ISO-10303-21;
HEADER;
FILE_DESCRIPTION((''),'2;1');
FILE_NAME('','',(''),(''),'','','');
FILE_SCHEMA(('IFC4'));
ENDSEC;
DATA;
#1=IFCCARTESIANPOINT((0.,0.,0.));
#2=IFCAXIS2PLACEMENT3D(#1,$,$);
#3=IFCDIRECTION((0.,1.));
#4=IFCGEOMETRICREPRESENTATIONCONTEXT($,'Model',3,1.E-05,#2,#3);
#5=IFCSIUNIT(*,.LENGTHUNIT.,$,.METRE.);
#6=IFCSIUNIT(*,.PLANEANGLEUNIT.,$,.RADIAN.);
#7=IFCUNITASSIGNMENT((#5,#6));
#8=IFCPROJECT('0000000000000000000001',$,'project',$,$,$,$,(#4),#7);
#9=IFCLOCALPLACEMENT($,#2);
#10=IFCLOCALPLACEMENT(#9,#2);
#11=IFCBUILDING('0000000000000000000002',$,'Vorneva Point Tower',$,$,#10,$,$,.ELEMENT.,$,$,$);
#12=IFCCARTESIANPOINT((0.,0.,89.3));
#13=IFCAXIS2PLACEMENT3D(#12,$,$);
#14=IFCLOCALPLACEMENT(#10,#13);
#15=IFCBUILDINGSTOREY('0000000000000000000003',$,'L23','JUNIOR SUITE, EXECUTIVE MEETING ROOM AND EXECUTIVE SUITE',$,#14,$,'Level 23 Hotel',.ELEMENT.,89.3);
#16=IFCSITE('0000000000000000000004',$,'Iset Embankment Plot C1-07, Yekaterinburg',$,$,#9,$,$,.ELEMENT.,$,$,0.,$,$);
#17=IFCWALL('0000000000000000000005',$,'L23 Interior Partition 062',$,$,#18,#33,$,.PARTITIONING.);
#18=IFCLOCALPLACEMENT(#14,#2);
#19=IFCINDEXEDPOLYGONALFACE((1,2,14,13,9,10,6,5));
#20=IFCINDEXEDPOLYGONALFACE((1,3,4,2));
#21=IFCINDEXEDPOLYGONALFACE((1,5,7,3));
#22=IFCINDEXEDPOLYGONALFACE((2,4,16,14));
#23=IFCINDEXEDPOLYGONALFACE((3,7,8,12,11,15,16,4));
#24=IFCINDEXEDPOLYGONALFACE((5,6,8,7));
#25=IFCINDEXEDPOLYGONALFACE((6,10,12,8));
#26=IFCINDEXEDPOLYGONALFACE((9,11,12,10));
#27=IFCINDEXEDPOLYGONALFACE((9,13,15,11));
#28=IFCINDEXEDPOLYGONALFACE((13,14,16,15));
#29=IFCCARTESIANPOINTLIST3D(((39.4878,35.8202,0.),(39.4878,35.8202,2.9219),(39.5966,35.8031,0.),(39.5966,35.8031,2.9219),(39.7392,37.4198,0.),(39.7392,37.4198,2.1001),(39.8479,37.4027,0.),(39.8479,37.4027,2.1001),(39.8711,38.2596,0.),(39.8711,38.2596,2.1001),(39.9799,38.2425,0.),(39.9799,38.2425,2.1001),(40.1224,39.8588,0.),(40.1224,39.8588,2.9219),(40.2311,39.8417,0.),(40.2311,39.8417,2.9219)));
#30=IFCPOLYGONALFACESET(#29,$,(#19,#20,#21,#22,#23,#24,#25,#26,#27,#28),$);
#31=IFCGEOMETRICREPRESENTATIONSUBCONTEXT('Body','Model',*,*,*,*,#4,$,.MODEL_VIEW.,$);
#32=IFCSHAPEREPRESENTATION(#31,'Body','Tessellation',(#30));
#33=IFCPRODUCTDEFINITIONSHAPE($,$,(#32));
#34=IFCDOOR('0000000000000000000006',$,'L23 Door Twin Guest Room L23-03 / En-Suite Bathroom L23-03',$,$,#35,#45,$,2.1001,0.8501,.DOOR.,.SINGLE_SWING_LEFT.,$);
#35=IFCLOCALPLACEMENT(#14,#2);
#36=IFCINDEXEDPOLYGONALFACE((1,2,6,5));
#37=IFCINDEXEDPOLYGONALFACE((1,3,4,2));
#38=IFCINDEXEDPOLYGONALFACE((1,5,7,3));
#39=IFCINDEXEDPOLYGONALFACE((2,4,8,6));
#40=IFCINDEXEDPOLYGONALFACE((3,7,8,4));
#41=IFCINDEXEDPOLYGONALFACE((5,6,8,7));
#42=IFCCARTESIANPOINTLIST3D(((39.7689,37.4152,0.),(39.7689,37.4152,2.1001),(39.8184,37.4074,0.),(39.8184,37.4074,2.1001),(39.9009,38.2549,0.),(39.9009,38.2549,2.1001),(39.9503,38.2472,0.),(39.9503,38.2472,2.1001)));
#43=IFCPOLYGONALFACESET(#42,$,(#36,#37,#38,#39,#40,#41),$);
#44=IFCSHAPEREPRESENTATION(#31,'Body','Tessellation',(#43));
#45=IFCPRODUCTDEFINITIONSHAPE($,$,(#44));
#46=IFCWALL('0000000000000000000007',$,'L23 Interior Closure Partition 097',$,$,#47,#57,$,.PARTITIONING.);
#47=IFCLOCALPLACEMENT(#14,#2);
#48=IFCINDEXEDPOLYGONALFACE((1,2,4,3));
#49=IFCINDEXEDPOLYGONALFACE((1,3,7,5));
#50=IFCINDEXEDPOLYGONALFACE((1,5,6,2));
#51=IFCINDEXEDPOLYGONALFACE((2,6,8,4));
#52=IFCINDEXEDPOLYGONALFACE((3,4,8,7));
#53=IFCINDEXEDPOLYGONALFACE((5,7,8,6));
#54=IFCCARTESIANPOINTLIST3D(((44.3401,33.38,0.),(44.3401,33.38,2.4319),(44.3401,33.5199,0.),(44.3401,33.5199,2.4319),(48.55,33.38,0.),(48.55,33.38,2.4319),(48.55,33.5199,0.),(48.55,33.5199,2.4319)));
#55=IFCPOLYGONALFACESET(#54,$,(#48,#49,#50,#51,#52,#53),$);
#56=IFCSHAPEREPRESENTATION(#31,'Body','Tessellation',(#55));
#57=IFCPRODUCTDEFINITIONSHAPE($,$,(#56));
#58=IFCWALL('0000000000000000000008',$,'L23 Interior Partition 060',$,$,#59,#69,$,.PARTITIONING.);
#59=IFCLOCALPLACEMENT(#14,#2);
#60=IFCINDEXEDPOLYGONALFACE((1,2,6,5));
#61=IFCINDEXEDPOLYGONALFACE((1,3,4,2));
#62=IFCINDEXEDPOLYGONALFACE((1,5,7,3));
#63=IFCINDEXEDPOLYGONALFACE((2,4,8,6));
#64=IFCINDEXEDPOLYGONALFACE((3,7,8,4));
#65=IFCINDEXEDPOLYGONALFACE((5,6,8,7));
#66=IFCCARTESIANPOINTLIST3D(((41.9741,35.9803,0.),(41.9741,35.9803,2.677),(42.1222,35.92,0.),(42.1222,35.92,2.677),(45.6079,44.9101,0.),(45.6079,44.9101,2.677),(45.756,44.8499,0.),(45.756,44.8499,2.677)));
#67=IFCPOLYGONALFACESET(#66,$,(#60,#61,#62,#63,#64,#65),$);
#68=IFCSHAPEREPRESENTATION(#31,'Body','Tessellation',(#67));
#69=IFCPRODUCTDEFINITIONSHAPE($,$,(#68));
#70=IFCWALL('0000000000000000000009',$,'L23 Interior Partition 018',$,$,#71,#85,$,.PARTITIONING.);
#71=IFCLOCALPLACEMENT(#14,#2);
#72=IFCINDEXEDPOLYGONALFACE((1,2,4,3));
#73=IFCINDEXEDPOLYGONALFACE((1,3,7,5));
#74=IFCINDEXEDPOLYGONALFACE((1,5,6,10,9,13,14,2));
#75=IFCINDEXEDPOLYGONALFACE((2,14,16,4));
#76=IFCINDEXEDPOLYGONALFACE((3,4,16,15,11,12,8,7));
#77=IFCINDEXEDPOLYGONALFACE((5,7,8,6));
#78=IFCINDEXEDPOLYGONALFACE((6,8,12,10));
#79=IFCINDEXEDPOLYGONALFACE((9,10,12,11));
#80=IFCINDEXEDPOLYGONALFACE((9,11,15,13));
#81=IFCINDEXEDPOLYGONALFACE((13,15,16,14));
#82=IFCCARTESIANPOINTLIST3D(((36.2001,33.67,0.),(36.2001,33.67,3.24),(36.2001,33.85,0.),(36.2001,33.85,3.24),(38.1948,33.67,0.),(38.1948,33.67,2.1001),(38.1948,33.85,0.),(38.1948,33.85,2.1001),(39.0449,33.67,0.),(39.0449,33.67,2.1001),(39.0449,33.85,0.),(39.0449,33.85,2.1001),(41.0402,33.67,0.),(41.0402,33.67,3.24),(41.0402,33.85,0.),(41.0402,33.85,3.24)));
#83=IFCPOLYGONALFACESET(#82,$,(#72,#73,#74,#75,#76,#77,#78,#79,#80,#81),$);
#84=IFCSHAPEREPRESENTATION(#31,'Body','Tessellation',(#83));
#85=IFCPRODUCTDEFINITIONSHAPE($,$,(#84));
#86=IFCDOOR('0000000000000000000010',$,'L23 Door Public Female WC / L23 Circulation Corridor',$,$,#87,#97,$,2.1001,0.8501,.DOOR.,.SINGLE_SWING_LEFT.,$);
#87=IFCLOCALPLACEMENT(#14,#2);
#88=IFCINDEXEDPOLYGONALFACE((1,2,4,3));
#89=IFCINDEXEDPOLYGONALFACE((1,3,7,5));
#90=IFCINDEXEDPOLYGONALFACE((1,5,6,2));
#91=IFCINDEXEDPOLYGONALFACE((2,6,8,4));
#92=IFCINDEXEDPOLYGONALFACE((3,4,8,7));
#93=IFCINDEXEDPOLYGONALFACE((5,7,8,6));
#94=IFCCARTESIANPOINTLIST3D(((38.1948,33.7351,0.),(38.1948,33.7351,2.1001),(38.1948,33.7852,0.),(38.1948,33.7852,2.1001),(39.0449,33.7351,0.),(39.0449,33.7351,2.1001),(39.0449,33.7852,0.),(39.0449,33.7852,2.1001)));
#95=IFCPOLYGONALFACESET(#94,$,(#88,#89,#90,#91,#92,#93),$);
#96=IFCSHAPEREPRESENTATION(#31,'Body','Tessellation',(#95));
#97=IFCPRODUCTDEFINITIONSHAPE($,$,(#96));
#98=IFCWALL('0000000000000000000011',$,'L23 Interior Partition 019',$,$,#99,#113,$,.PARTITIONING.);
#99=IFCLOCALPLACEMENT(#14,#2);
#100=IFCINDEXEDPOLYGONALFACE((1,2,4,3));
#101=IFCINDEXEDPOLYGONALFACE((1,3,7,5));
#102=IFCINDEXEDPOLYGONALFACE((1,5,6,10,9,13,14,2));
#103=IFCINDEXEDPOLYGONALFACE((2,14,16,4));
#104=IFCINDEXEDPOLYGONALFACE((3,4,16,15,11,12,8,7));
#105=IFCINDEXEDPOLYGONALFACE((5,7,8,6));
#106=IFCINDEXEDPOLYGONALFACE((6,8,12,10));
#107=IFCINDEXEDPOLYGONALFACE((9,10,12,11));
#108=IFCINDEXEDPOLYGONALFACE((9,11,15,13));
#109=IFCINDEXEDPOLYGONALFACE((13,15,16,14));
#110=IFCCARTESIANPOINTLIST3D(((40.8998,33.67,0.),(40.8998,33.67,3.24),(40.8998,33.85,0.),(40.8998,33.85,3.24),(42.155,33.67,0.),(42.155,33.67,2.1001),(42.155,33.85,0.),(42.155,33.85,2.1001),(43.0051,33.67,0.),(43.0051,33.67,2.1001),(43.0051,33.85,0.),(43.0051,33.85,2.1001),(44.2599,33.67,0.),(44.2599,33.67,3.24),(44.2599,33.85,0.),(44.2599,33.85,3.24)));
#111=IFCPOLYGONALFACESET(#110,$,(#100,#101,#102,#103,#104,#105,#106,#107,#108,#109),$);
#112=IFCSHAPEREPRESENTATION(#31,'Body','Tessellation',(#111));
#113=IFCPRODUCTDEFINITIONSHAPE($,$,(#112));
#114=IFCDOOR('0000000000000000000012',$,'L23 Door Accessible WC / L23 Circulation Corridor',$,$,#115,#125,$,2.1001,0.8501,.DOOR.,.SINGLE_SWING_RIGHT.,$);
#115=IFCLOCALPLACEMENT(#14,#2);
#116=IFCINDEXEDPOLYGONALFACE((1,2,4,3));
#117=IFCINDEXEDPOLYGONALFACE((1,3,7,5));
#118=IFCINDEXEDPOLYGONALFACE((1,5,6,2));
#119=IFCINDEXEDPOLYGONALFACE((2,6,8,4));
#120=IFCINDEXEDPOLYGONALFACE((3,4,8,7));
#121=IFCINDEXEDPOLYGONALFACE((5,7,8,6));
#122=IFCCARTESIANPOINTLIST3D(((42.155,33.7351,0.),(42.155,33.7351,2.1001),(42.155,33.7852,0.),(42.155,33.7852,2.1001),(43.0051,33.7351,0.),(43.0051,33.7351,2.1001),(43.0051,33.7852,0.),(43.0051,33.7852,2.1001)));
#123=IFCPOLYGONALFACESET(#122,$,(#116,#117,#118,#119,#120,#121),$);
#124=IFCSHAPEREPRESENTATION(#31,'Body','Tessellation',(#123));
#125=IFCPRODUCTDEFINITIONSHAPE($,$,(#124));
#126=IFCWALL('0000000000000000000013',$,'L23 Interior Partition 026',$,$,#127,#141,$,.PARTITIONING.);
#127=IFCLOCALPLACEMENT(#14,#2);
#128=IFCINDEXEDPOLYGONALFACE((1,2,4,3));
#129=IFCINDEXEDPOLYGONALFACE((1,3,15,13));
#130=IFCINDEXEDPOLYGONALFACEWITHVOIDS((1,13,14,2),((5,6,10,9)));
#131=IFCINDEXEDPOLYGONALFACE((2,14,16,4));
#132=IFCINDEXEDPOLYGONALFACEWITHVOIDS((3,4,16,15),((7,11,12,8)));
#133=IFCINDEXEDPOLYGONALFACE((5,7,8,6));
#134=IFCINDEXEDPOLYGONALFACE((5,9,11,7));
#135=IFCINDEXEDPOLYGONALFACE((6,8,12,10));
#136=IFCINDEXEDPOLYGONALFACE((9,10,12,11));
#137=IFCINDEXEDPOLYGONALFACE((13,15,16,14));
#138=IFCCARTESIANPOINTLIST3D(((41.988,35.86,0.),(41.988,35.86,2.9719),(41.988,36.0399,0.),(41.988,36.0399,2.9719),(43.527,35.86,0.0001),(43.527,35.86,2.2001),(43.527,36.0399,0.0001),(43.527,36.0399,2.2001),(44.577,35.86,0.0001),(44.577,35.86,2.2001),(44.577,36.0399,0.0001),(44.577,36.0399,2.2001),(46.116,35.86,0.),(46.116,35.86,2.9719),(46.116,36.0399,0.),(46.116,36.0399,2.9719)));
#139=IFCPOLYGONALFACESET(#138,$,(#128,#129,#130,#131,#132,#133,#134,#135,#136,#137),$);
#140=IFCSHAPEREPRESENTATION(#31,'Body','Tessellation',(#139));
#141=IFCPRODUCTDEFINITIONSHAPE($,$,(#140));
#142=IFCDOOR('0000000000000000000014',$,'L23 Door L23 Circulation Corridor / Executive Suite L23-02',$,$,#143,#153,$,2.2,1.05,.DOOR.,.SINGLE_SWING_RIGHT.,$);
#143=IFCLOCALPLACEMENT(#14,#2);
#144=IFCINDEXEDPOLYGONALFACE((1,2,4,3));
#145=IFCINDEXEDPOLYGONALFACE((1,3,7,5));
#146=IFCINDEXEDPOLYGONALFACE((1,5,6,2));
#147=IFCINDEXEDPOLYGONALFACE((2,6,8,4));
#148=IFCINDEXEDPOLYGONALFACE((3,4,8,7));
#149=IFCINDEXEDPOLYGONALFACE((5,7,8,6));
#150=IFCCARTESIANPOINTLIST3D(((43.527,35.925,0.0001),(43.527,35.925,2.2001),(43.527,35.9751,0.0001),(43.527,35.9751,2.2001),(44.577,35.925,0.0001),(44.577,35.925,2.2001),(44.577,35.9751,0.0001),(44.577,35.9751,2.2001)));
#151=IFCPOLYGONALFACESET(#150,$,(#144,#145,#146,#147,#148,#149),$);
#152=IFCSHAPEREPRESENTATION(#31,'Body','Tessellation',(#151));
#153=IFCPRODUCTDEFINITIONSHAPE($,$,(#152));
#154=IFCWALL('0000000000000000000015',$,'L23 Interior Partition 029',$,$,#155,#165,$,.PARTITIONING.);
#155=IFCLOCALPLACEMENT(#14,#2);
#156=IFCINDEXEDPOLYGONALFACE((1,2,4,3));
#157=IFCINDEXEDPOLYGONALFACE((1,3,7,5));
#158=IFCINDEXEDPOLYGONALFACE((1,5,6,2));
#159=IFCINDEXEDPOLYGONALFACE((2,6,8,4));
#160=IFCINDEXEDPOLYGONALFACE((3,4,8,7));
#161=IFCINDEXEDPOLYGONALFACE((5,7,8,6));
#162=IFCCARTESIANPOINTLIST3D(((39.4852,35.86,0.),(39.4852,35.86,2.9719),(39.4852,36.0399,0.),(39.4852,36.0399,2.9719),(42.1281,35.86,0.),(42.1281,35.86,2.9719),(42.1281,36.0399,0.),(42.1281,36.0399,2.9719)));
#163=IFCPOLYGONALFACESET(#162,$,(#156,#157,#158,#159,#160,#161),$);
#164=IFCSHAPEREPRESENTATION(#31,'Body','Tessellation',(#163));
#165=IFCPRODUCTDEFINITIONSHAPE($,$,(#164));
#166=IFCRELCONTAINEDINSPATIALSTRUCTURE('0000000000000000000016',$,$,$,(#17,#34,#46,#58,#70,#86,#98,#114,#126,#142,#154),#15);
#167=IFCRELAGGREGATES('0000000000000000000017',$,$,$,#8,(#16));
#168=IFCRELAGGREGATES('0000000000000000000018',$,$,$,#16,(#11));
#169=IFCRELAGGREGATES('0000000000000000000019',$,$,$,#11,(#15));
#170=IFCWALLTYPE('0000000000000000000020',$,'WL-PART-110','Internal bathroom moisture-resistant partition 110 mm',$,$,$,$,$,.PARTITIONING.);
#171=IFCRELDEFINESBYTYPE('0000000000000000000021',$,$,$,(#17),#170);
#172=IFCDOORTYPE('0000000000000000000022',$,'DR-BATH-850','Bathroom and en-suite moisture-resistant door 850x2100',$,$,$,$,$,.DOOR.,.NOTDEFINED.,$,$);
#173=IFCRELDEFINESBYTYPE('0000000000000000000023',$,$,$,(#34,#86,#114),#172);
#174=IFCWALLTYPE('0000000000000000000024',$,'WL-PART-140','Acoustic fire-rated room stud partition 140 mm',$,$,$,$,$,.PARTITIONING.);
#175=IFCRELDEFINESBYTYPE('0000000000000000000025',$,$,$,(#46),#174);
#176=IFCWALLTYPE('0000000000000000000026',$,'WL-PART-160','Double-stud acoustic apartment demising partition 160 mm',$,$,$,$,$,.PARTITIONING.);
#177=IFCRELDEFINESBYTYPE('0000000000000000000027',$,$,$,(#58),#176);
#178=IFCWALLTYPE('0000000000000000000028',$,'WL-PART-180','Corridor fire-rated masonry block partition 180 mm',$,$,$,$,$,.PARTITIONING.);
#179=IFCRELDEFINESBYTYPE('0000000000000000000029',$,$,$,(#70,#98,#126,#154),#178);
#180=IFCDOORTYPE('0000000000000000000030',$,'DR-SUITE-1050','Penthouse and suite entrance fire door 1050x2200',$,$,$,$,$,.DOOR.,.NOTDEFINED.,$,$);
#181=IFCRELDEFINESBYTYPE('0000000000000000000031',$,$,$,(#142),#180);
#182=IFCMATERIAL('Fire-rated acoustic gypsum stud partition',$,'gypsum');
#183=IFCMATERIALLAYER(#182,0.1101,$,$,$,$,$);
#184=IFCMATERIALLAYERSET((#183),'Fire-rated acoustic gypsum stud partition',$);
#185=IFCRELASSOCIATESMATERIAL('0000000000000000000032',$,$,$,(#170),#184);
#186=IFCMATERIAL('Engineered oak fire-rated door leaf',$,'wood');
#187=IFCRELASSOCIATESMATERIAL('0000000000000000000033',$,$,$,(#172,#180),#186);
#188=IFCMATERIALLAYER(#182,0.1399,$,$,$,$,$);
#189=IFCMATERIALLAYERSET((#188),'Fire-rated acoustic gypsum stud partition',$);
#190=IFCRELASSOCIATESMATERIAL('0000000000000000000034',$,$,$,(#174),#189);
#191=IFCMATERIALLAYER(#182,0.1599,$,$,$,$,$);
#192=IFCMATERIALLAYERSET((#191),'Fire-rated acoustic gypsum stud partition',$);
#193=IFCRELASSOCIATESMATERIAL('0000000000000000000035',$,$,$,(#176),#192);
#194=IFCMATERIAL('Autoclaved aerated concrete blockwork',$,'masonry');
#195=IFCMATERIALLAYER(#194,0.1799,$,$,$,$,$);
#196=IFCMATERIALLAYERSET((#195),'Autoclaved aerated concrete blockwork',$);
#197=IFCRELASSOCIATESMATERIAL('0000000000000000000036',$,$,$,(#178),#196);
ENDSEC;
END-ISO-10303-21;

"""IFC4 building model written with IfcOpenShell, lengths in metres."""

from ifc_helpers import new_model, si_unit, direction, frame, frame_2d, origin, place, context, subcontext, project, spatial, rectangle, extrude, material, layer, layer_set, type_object, element, fill, save


model = new_model("IFC4")

# Units and contexts
model_context = context("Model", 3, precision=1e-05, world=origin(), true_north=direction((0.0, 1.0)))
body_context = subcontext(model_context, "Body", "Model", "MODEL_VIEW")
ifc_project = project(units=[si_unit("LENGTHUNIT", "METRE"), si_unit("PLANEANGLEUNIT", "RADIAN")], contexts=[model_context])

# Site, building, storey
site_placement = place(None, origin())
site = spatial("IfcSite", under=ifc_project, at=site_placement, Name="Iset Embankment Plot C1-07, Yekaterinburg", CompositionType="ELEMENT", RefElevation=0.0)
building_placement = place(site_placement, origin())
building = spatial("IfcBuilding", under=site, at=building_placement, Name="Vorneva Point Tower", CompositionType="ELEMENT")
storey_placement = place(building_placement, frame((0.0, 0.0, 89.3)))
storey = spatial("IfcBuildingStorey", under=building, at=storey_placement, Name="L23", Description="JUNIOR SUITE, EXECUTIVE MEETING ROOM AND EXECUTIVE SUITE", LongName="Level 23 Hotel", CompositionType="ELEMENT", Elevation=89.3)

# Shared definitions
ifc_material_1 = material(Name="Fire-rated acoustic gypsum stud partition", Category="gypsum")
ifc_layer_1 = layer(ifc_material_1, 0.1101)
ifc_layer_set_1 = layer_set([ifc_layer_1], Name="Fire-rated acoustic gypsum stud partition")
wall_type_1 = type_object("IfcWallType", Name="WL-PART-110", Description="Internal bathroom moisture-resistant partition 110 mm", PredefinedType="PARTITIONING", material=ifc_layer_set_1)

# Wall, opening, door
wall_1_placement = place(storey_placement, frame((39.5422, 35.8118, 0.0), z_axis=(0.0, 0.0, 1.0), x_axis=(0.155211, 0.987881, 0.0)))
wall_1 = element("IfcWall", 1, at=wall_1_placement, inside=storey, type_object=wall_type_1, Name="L23 Interior Partition 062", PredefinedType="PARTITIONING", context=body_context, shape_type="SweptSolid", body=[
    extrude(rectangle(XDim=4.0881, YDim=0.1101, at=frame_2d((2.0439, 0.0))), origin(), (0.0, 0.0, 1.0), 2.9219),
])
opening_1_placement = place(wall_1_placement, frame((1.6191, 0.0, 0.0)))
opening_1 = element("IfcOpeningElement", 2, at=opening_1_placement, cuts=wall_1, PredefinedType="OPENING", context=body_context, shape_type="SweptSolid", body=[
    extrude(rectangle(XDim=0.8501, YDim=2.1001, at=frame_2d((0.425, 1.05))), frame((0.0, 0.0698, 0.0), z_axis=(0.0, -1.0, 0.0), x_axis=(1.0, 0.0, 0.0)), (0.0, 0.0, 1.0), 0.1399),
])
ifc_material_2 = material(Name="Engineered oak fire-rated door leaf", Category="wood")
door_type_1 = type_object("IfcDoorType", Name="DR-BATH-850", Description="Bathroom and en-suite moisture-resistant door 850x2100", OperationType="NOTDEFINED", PredefinedType="DOOR", material=ifc_material_2)
door_1_placement = place(opening_1_placement, origin())
door_1 = element("IfcDoor", 3, at=door_1_placement, inside=storey, type_object=door_type_1, Name="L23 Door Twin Guest Room L23-03 / En-Suite Bathroom L23-03", OperationType="SINGLE_SWING_LEFT", OverallHeight=2.1001, OverallWidth=0.8501, PredefinedType="DOOR", context=body_context, shape_type="SweptSolid", body=[
    extrude(rectangle(XDim=0.8501, YDim=2.1001, at=frame_2d((0.425, 1.05))), frame((0.0, 0.0249, 0.0), z_axis=(0.0, -1.0, 0.0), x_axis=(1.0, 0.0, 0.0)), (0.0, 0.0, 1.0), 0.05),
])
fill(opening_1, door_1)

# Walls
ifc_layer_2 = layer(ifc_material_1, 0.1399)
ifc_layer_set_2 = layer_set([ifc_layer_2], Name="Fire-rated acoustic gypsum stud partition")
wall_type_2 = type_object("IfcWallType", Name="WL-PART-140", Description="Acoustic fire-rated room stud partition 140 mm", PredefinedType="PARTITIONING", material=ifc_layer_set_2)
wall_2_placement = place(storey_placement, frame((44.3401, 33.45, 0.0), z_axis=(0.0, 0.0, 1.0), x_axis=(1.0, 0.0, 0.0)))
element("IfcWall", 4, at=wall_2_placement, inside=storey, type_object=wall_type_2, Name="L23 Interior Closure Partition 097", PredefinedType="PARTITIONING", context=body_context, shape_type="SweptSolid", body=[
    extrude(rectangle(XDim=4.21, YDim=0.1399, at=frame_2d((2.105, 0.0))), origin(), (0.0, 0.0, 1.0), 2.4319),
])
ifc_layer_3 = layer(ifc_material_1, 0.1599)
ifc_layer_set_3 = layer_set([ifc_layer_3], Name="Fire-rated acoustic gypsum stud partition")
wall_type_3 = type_object("IfcWallType", Name="WL-PART-160", Description="Double-stud acoustic apartment demising partition 160 mm", PredefinedType="PARTITIONING", material=ifc_layer_set_3)
wall_3_placement = place(storey_placement, frame((45.6819, 44.8799, 0.0), z_axis=(0.0, 0.0, 1.0), x_axis=(-0.376912, -0.926249, 0.0)))
element("IfcWall", 5, at=wall_3_placement, inside=storey, type_object=wall_type_3, Name="L23 Interior Partition 060", PredefinedType="PARTITIONING", context=body_context, shape_type="SweptSolid", body=[
    extrude(rectangle(XDim=9.6409, YDim=0.1599, at=frame_2d((4.8203, 0.0))), origin(), (0.0, 0.0, 1.0), 2.677),
])

# Walls, openings, doors
ifc_material_3 = material(Name="Autoclaved aerated concrete blockwork", Category="masonry")
ifc_layer_4 = layer(ifc_material_3, 0.1799)
ifc_layer_set_4 = layer_set([ifc_layer_4], Name="Autoclaved aerated concrete blockwork")
wall_type_4 = type_object("IfcWallType", Name="WL-PART-180", Description="Corridor fire-rated masonry block partition 180 mm", PredefinedType="PARTITIONING", material=ifc_layer_set_4)
wall_4_placement = place(storey_placement, frame((41.04, 33.76, 0.0), z_axis=(0.0, 0.0, 1.0), x_axis=(-1.0, 0.0, 0.0)))
wall_4 = element("IfcWall", 6, at=wall_4_placement, inside=storey, type_object=wall_type_4, Name="L23 Interior Partition 018", PredefinedType="PARTITIONING", context=body_context, shape_type="SweptSolid", body=[
    extrude(rectangle(XDim=4.8401, YDim=0.1799, at=frame_2d((2.4199, 0.0))), origin(), (0.0, 0.0, 1.0), 3.24),
])
opening_2_placement = place(wall_4_placement, frame((1.9951, 0.0, 0.0)))
opening_2 = element("IfcOpeningElement", 7, at=opening_2_placement, cuts=wall_4, PredefinedType="OPENING", context=body_context, shape_type="SweptSolid", body=[
    extrude(rectangle(XDim=0.8501, YDim=2.1001, at=frame_2d((0.425, 1.05))), frame((0.0, 0.105, 0.0), z_axis=(0.0, -1.0, 0.0), x_axis=(1.0, 0.0, 0.0)), (0.0, 0.0, 1.0), 0.2097),
])
door_2_placement = place(opening_2_placement, origin())
door_2 = element("IfcDoor", 8, at=door_2_placement, inside=storey, type_object=door_type_1, Name="L23 Door Public Female WC / L23 Circulation Corridor", OperationType="SINGLE_SWING_LEFT", OverallHeight=2.1001, OverallWidth=0.8501, PredefinedType="DOOR", context=body_context, shape_type="SweptSolid", body=[
    extrude(rectangle(XDim=0.8501, YDim=2.1001, at=frame_2d((0.425, 1.05))), frame((0.0, 0.0249, 0.0), z_axis=(0.0, -1.0, 0.0), x_axis=(1.0, 0.0, 0.0)), (0.0, 0.0, 1.0), 0.05),
])
fill(opening_2, door_2)
wall_5_placement = place(storey_placement, frame((44.26, 33.76, 0.0), z_axis=(0.0, 0.0, 1.0), x_axis=(-1.0, 0.0, 0.0)))
wall_5 = element("IfcWall", 9, at=wall_5_placement, inside=storey, type_object=wall_type_4, Name="L23 Interior Partition 019", PredefinedType="PARTITIONING", context=body_context, shape_type="SweptSolid", body=[
    extrude(rectangle(XDim=3.3601, YDim=0.1799, at=frame_2d((1.6802, 0.0))), origin(), (0.0, 0.0, 1.0), 3.24),
])
opening_3_placement = place(wall_5_placement, frame((1.2549, 0.0, 0.0)))
opening_3 = element("IfcOpeningElement", 10, at=opening_3_placement, cuts=wall_5, PredefinedType="OPENING", context=body_context, shape_type="SweptSolid", body=[
    extrude(rectangle(XDim=0.8501, YDim=2.1001, at=frame_2d((0.425, 1.05))), frame((0.0, 0.105, 0.0), z_axis=(0.0, -1.0, 0.0), x_axis=(1.0, 0.0, 0.0)), (0.0, 0.0, 1.0), 0.2097),
])
door_3_placement = place(opening_3_placement, origin())
door_3 = element("IfcDoor", 11, at=door_3_placement, inside=storey, type_object=door_type_1, Name="L23 Door Accessible WC / L23 Circulation Corridor", OperationType="SINGLE_SWING_RIGHT", OverallHeight=2.1001, OverallWidth=0.8501, PredefinedType="DOOR", context=body_context, shape_type="SweptSolid", body=[
    extrude(rectangle(XDim=0.8501, YDim=2.1001, at=frame_2d((0.425, 1.05))), frame((0.0, 0.0249, 0.0), z_axis=(0.0, -1.0, 0.0), x_axis=(1.0, 0.0, 0.0)), (0.0, 0.0, 1.0), 0.05),
])
fill(opening_3, door_3)
wall_6_placement = place(storey_placement, frame((46.116, 35.95, 0.0), z_axis=(0.0, 0.0, 1.0), x_axis=(-1.0, 0.0, 0.0)))
wall_6 = element("IfcWall", 12, at=wall_6_placement, inside=storey, type_object=wall_type_4, Name="L23 Interior Partition 026", PredefinedType="PARTITIONING", context=body_context, shape_type="SweptSolid", body=[
    extrude(rectangle(XDim=4.1279, YDim=0.1799, at=frame_2d((2.064, 0.0))), origin(), (0.0, 0.0, 1.0), 2.9719),
])
opening_4_placement = place(wall_6_placement, frame((1.5391, 0.0, 0.0)))
opening_4 = element("IfcOpeningElement", 13, at=opening_4_placement, cuts=wall_6, PredefinedType="OPENING", context=body_context, shape_type="SweptSolid", body=[
    extrude(rectangle(XDim=1.05, YDim=2.2, at=frame_2d((0.5249, 1.1001))), frame((0.0, 0.105, 0.0), z_axis=(0.0, -1.0, 0.0), x_axis=(1.0, 0.0, 0.0)), (0.0, 0.0, 1.0), 0.2097),
])
door_type_2 = type_object("IfcDoorType", Name="DR-SUITE-1050", Description="Penthouse and suite entrance fire door 1050x2200", OperationType="NOTDEFINED", PredefinedType="DOOR", material=ifc_material_2)
door_4_placement = place(opening_4_placement, origin())
door_4 = element("IfcDoor", 14, at=door_4_placement, inside=storey, type_object=door_type_2, Name="L23 Door L23 Circulation Corridor / Executive Suite L23-02", OperationType="SINGLE_SWING_RIGHT", OverallHeight=2.2, OverallWidth=1.05, PredefinedType="DOOR", context=body_context, shape_type="SweptSolid", body=[
    extrude(rectangle(XDim=1.05, YDim=2.2, at=frame_2d((0.5249, 1.1001))), frame((0.0, 0.0249, 0.0), z_axis=(0.0, -1.0, 0.0), x_axis=(1.0, 0.0, 0.0)), (0.0, 0.0, 1.0), 0.05),
])
fill(opening_4, door_4)

# Wall
wall_7_placement = place(storey_placement, frame((42.1279, 35.95, 0.0), z_axis=(0.0, 0.0, 1.0), x_axis=(-1.0, 0.0, 0.0)))
element("IfcWall", 15, at=wall_7_placement, inside=storey, type_object=wall_type_4, Name="L23 Interior Partition 029", PredefinedType="PARTITIONING", context=body_context, shape_type="SweptSolid", body=[
    extrude(rectangle(XDim=2.6428, YDim=0.1799, at=frame_2d((1.3213, 0.0))), origin(), (0.0, 0.0, 1.0), 2.9719),
])

save(model, "model.ifc")
